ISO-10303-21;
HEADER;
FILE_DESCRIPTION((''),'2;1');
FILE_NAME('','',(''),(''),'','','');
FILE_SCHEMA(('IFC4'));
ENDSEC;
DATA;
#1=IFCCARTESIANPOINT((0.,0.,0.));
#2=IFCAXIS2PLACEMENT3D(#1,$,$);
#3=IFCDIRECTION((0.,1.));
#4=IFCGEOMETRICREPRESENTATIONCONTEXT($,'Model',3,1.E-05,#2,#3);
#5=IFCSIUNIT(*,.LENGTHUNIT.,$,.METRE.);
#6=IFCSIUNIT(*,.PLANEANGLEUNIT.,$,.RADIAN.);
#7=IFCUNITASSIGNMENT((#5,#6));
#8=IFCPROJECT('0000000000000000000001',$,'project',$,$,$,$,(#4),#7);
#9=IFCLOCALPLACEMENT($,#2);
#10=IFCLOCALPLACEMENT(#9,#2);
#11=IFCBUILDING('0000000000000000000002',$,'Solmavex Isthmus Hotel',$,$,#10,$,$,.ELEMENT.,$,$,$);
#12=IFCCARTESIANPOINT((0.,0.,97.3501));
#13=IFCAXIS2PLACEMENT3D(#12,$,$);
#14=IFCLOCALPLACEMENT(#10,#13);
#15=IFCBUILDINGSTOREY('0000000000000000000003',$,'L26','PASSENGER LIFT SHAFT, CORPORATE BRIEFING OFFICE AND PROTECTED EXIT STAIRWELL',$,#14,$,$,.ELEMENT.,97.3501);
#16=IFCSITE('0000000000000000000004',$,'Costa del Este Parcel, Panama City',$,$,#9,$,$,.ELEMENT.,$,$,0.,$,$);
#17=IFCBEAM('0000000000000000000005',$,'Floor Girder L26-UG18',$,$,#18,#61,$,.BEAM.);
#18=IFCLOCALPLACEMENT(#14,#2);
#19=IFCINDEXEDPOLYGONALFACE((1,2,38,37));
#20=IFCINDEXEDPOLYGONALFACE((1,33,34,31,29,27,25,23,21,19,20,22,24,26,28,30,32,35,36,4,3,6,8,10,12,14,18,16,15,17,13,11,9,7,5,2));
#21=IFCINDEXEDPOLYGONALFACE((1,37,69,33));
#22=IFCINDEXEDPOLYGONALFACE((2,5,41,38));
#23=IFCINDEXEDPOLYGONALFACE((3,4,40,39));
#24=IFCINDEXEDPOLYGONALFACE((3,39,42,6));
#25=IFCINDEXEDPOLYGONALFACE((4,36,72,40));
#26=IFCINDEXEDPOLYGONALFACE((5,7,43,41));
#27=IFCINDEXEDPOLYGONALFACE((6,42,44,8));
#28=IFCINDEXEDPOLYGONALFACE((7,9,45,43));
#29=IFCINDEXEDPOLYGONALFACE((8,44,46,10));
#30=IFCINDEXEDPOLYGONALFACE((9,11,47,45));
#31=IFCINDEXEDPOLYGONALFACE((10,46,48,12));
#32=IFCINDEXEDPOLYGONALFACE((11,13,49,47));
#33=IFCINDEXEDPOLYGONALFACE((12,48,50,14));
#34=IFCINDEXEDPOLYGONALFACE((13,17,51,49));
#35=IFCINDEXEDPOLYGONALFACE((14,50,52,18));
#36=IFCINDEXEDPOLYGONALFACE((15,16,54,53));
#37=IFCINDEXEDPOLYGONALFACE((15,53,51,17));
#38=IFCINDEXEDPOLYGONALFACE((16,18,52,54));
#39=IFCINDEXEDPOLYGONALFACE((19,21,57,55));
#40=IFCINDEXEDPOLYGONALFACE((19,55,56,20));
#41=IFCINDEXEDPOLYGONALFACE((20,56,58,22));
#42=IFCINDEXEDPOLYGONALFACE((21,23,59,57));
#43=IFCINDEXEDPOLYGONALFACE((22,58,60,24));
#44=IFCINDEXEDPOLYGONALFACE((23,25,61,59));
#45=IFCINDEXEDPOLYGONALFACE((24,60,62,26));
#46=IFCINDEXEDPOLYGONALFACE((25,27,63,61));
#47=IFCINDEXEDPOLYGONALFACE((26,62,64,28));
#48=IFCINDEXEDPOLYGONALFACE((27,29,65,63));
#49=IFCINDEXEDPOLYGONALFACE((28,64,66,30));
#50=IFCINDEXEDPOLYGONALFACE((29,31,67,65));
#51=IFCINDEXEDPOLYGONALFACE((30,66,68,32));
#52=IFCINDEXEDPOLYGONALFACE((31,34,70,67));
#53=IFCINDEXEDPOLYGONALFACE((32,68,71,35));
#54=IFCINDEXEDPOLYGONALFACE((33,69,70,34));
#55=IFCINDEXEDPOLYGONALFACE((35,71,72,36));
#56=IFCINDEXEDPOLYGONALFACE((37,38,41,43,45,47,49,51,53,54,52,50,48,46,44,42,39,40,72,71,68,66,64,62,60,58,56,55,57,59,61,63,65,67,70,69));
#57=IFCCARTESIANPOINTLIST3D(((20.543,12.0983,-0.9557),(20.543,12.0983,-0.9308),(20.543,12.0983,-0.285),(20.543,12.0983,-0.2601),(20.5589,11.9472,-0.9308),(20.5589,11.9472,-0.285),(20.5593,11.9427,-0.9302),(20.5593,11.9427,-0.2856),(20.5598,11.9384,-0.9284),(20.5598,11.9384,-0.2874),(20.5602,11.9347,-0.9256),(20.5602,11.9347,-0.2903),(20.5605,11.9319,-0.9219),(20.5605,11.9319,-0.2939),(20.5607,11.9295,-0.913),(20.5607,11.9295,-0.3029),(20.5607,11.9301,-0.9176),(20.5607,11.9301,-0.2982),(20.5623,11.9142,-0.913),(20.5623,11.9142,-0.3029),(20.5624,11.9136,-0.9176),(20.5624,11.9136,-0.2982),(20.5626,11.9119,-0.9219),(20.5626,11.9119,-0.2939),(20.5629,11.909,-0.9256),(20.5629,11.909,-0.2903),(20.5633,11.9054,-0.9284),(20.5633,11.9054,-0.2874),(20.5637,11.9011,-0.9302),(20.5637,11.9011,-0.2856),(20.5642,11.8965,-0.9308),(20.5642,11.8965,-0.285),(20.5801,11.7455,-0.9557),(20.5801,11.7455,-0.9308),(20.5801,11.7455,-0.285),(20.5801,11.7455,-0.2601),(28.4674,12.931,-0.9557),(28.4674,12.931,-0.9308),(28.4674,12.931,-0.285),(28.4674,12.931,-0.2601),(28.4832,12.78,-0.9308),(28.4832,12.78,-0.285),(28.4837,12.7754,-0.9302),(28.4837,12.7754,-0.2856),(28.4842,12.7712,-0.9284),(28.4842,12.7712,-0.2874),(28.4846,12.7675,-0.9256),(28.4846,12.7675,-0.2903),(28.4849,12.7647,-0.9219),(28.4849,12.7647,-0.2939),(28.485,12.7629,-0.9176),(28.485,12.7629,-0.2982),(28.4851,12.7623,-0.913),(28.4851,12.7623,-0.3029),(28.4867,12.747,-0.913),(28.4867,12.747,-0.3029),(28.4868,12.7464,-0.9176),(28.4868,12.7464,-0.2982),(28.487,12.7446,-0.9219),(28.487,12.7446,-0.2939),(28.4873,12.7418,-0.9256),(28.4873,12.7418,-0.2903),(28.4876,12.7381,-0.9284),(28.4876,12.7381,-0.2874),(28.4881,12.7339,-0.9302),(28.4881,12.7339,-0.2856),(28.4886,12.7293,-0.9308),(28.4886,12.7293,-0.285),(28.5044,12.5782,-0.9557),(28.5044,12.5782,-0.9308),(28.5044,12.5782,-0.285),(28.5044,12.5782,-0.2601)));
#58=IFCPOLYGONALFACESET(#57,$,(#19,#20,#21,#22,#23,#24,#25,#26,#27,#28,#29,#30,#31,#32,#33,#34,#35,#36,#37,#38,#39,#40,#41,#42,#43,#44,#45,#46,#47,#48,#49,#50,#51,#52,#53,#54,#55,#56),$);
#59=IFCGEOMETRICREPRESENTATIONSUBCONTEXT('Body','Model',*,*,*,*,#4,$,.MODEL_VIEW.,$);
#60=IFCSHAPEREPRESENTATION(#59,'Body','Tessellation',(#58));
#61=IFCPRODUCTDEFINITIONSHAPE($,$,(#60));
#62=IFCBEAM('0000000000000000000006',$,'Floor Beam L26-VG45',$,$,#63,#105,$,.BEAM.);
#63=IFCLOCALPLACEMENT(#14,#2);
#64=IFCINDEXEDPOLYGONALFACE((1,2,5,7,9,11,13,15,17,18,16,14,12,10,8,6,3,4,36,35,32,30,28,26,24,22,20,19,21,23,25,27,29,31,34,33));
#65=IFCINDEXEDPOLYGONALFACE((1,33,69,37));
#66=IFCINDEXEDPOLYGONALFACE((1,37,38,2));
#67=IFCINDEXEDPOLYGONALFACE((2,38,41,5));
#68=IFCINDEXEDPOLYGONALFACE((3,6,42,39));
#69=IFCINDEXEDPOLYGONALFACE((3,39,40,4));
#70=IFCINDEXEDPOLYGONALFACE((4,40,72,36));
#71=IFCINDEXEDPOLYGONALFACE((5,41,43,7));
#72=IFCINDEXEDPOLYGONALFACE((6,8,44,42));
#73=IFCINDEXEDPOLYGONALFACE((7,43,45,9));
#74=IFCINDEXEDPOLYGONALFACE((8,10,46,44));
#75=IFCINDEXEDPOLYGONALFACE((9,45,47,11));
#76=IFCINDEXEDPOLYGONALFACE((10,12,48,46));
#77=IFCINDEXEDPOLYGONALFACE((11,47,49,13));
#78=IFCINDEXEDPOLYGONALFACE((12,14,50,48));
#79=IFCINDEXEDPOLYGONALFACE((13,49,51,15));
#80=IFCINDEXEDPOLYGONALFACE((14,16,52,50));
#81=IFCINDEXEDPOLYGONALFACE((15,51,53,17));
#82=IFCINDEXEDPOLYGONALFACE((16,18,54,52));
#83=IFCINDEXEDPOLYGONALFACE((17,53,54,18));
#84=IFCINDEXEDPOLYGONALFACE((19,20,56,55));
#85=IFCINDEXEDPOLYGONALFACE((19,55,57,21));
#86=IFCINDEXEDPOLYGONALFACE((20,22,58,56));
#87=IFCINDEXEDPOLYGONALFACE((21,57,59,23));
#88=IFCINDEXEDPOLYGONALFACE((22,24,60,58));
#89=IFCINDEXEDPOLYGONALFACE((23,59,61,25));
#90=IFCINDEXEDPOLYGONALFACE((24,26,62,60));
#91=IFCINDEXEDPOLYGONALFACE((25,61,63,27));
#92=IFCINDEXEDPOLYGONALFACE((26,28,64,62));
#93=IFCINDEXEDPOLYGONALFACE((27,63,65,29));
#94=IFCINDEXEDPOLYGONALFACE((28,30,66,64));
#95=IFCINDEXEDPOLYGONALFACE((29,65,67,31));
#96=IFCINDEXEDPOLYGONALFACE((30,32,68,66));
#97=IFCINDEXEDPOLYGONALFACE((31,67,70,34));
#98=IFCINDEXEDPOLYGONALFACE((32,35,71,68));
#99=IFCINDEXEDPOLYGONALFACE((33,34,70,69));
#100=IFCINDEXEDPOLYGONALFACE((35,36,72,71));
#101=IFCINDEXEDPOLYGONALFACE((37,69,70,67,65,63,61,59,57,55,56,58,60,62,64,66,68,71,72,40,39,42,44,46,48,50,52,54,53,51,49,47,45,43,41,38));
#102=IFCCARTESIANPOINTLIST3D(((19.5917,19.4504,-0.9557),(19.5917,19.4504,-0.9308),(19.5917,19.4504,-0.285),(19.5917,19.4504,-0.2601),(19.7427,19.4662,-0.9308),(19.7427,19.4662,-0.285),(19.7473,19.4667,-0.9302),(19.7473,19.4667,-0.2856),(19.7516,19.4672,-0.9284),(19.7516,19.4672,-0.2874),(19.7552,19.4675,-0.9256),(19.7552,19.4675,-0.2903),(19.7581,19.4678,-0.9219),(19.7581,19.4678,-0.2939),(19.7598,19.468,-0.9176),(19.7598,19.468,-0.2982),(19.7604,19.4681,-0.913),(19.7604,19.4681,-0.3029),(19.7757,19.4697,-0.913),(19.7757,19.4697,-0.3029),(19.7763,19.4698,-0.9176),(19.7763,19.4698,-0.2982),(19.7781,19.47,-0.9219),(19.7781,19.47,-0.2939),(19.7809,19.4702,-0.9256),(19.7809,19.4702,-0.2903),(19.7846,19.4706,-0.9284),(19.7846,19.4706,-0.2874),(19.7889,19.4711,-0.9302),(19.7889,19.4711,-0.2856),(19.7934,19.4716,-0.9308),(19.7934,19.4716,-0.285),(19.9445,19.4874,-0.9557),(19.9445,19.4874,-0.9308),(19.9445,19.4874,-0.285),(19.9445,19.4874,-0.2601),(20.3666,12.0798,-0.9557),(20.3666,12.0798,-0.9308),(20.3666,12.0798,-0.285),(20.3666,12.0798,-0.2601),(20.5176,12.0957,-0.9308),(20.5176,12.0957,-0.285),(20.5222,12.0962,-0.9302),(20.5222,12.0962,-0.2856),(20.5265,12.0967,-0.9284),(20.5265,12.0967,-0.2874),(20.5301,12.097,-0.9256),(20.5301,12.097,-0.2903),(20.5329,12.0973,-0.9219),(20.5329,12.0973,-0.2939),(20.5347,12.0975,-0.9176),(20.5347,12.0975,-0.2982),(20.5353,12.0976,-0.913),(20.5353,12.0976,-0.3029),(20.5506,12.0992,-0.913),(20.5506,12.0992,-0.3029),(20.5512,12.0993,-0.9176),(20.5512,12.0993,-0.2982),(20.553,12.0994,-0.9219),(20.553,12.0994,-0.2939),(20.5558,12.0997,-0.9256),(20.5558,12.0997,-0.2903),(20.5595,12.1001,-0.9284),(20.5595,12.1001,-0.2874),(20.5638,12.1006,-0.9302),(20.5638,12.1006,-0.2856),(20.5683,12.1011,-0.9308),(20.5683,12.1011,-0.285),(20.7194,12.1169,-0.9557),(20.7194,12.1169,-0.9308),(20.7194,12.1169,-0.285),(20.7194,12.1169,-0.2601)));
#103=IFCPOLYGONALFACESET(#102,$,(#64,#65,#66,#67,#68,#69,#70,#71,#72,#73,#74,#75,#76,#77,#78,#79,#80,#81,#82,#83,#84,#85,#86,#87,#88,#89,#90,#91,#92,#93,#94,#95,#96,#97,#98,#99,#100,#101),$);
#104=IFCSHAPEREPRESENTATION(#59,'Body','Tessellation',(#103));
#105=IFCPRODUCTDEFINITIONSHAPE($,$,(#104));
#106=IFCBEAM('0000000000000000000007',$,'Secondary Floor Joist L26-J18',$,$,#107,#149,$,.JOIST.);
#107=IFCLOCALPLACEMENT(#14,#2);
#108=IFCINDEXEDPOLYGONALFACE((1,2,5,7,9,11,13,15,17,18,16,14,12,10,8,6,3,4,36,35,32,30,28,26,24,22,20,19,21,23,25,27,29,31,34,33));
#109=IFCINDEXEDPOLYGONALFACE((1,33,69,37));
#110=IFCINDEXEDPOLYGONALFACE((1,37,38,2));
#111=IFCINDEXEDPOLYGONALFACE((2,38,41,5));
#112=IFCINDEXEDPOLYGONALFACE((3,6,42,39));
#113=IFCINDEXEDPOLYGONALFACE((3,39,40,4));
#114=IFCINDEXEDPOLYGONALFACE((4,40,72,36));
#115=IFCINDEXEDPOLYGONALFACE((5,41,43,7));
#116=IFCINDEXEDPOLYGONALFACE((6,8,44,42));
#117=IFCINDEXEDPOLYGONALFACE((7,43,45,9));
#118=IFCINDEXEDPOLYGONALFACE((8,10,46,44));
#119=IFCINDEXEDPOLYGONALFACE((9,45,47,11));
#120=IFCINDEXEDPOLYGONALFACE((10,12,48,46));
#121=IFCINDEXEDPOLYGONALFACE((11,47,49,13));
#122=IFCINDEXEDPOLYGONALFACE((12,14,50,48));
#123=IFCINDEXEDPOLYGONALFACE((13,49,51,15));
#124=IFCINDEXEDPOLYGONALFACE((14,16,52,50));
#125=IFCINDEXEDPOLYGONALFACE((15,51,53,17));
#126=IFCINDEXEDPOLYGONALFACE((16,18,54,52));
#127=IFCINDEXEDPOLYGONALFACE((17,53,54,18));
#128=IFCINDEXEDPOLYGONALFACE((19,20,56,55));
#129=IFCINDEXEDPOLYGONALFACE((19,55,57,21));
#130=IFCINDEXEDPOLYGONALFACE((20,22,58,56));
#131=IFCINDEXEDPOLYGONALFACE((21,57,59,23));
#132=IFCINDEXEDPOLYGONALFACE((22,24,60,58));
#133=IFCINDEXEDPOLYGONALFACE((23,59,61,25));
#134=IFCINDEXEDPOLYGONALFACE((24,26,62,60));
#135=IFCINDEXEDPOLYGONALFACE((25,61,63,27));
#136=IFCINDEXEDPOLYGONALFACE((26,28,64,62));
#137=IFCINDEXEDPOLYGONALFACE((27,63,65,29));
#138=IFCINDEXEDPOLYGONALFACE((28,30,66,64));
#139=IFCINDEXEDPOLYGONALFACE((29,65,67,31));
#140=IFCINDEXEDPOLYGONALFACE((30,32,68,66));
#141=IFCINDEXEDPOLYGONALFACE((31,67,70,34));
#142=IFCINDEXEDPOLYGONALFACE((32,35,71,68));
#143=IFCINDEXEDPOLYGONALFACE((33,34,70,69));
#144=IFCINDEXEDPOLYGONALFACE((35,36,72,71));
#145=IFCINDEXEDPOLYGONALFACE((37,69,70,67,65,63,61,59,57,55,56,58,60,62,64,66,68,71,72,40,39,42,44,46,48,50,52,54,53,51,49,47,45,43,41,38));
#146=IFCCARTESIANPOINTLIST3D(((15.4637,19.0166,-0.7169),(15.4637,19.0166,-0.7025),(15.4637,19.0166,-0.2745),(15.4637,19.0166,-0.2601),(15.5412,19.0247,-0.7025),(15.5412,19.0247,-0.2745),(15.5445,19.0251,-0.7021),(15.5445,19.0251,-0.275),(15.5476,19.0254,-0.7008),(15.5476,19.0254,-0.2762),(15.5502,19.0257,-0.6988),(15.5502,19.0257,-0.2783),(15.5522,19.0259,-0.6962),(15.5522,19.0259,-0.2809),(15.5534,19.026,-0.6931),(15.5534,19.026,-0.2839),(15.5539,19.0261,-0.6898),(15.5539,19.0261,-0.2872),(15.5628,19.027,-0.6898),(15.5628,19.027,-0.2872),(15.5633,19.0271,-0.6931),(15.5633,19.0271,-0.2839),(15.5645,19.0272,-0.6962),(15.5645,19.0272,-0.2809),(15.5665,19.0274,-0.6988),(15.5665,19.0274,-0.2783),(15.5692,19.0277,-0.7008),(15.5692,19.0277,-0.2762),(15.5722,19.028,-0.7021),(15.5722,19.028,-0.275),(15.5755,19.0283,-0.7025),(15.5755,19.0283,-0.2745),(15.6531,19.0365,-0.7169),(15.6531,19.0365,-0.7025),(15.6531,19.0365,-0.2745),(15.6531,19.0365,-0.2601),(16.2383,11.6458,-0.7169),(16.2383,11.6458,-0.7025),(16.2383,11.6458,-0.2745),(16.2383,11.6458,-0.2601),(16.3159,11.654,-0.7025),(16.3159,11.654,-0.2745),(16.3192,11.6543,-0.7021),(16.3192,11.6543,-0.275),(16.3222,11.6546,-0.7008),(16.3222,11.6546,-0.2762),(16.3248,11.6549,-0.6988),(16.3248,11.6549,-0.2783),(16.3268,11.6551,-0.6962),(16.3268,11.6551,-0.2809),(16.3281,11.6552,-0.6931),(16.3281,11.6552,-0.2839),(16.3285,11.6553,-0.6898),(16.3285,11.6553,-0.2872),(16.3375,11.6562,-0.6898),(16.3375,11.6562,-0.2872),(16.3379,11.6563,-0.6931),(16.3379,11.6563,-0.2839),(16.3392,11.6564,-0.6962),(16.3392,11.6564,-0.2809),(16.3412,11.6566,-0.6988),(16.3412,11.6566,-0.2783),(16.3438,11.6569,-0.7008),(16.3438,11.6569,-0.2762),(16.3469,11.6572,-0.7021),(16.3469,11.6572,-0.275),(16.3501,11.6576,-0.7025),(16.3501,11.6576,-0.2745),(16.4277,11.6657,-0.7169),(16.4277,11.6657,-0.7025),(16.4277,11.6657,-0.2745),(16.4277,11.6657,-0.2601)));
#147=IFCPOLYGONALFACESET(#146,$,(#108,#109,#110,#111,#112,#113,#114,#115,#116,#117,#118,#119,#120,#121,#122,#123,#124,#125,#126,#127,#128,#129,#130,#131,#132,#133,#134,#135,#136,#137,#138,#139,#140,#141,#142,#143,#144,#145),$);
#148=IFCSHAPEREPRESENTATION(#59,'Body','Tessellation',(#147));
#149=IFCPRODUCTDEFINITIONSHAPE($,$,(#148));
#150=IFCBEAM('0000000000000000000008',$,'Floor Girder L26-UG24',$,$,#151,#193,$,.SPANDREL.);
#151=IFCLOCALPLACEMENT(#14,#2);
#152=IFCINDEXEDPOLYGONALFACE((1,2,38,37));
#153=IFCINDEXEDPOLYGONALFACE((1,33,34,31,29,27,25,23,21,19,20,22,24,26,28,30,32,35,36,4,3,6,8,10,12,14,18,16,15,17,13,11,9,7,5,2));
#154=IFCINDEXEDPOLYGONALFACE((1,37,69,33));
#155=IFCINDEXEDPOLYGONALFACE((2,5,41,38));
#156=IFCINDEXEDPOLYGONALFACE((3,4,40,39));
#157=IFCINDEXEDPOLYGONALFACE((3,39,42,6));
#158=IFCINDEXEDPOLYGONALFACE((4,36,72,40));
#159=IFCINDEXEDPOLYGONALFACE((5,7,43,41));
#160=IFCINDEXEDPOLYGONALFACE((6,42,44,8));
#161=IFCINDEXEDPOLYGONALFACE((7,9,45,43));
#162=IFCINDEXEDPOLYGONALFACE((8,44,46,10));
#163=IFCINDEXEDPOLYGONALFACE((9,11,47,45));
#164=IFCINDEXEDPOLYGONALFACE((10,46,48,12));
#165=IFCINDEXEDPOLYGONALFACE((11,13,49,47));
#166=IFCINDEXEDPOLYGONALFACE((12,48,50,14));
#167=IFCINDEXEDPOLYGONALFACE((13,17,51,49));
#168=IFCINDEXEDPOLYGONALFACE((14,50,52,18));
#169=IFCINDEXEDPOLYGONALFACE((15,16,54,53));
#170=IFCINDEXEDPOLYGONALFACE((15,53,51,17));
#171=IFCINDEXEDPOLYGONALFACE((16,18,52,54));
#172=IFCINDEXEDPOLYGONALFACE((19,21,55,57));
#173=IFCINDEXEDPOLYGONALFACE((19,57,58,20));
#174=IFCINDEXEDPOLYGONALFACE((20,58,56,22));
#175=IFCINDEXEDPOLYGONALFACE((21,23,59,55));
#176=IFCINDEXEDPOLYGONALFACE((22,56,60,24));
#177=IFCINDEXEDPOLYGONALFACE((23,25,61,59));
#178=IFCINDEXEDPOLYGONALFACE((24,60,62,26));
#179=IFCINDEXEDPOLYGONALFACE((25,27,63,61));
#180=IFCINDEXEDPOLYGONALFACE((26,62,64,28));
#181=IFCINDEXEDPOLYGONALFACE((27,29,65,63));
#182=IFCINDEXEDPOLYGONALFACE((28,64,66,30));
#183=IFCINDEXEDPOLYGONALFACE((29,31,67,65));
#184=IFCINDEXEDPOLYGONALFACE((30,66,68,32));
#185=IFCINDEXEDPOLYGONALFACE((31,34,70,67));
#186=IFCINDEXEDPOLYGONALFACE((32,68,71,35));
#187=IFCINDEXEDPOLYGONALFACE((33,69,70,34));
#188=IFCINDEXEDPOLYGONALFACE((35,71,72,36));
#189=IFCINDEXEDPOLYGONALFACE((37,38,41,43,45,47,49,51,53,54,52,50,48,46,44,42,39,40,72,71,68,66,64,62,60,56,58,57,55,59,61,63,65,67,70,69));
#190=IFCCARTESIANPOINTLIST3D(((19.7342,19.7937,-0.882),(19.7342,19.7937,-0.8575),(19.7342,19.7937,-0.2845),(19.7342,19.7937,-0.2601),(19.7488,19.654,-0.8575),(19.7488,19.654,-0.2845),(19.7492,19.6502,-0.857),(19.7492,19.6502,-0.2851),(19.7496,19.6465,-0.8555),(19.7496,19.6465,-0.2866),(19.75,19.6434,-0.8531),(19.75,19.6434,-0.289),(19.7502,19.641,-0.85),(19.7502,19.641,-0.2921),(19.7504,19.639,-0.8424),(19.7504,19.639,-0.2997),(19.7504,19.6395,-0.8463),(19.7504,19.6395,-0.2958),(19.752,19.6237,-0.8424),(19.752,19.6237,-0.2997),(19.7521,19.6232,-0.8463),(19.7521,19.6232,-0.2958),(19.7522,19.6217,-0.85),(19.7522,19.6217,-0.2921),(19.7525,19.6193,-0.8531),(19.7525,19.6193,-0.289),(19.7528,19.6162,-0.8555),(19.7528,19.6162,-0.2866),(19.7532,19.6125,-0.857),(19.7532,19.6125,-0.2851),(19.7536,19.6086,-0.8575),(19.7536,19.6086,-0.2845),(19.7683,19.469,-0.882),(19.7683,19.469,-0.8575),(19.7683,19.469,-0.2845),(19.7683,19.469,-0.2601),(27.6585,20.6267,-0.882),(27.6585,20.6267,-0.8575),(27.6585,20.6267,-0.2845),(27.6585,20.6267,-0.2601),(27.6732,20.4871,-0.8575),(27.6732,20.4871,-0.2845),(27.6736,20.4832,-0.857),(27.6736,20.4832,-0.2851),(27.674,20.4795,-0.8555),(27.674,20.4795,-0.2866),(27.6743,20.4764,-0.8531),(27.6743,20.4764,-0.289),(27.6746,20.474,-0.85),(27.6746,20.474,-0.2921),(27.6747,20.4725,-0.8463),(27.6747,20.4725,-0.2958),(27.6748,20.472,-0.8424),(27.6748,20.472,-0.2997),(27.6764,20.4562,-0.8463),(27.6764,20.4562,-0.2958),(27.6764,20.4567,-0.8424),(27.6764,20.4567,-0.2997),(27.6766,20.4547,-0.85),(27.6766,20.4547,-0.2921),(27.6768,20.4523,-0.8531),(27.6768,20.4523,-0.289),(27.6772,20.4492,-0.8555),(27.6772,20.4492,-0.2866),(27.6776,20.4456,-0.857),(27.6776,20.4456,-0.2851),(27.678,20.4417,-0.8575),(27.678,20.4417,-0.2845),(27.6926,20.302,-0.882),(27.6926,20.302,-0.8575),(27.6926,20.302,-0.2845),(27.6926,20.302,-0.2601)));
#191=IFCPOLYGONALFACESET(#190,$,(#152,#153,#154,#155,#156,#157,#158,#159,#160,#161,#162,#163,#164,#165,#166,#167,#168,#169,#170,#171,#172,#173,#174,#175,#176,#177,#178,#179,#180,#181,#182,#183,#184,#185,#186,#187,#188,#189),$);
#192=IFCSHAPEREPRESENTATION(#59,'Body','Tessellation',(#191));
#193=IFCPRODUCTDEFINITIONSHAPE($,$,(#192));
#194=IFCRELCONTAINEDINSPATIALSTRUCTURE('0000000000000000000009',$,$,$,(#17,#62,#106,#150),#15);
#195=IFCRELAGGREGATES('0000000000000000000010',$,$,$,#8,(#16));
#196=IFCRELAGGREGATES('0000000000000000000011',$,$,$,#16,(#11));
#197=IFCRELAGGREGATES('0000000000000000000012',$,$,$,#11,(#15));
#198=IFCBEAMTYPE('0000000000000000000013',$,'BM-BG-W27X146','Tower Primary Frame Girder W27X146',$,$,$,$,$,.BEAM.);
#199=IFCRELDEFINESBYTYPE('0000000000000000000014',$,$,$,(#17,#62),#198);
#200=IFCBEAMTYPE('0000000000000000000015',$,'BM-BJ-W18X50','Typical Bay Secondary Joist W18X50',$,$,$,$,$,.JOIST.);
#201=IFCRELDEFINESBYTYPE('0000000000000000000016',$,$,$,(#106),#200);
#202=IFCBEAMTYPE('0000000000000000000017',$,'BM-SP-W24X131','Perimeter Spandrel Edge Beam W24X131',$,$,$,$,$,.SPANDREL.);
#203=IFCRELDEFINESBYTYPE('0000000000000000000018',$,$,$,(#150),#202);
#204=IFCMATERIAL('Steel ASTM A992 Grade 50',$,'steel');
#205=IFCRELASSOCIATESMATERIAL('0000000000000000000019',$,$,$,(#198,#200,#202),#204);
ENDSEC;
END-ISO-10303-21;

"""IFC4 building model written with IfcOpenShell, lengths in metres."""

from ifc_helpers import new_model, si_unit, direction, frame, origin, origin_2d, place, context, subcontext, project, spatial, i_section, extrude, material, material_profile, profile_set, type_object, element, save


model = new_model("IFC4")

# Units and contexts
model_context = context("Model", 3, precision=1e-05, world=origin(), true_north=direction((0.0, 1.0)))
body_context = subcontext(model_context, "Body", "Model", "MODEL_VIEW")
ifc_project = project(units=[si_unit("LENGTHUNIT", "METRE"), si_unit("PLANEANGLEUNIT", "RADIAN")], contexts=[model_context])

# Site, building, storey
site_placement = place(None, origin())
site = spatial("IfcSite", under=ifc_project, at=site_placement, Name="Costa del Este Parcel, Panama City", CompositionType="ELEMENT", RefElevation=0.0)
building_placement = place(site_placement, origin())
building = spatial("IfcBuilding", under=site, at=building_placement, Name="Solmavex Isthmus Hotel", CompositionType="ELEMENT")
storey_placement = place(building_placement, frame((0.0, 0.0, 97.3501)))
storey = spatial("IfcBuildingStorey", under=building, at=storey_placement, Name="L26", Description="PASSENGER LIFT SHAFT, CORPORATE BRIEFING OFFICE AND PROTECTED EXIT STAIRWELL", CompositionType="ELEMENT", Elevation=97.3501)

# Beams
ifc_material_1 = material(Name="Steel ASTM A992 Grade 50", Category="steel")
ifc_material_profile_1 = material_profile(ifc_material_1, i_section(OverallWidth=0.3547, OverallDepth=0.6956, WebThickness=0.0154, FlangeThickness=0.0249, FilletRadius=0.0178, at=origin_2d()), Name="W27X146")
ifc_profile_set_1 = profile_set([ifc_material_profile_1], Name="Steel ASTM A992 Grade 50")
beam_type_1 = type_object("IfcBeamType", Name="BM-BG-W27X146", Description="Tower Primary Frame Girder W27X146", PredefinedType="BEAM", material=ifc_profile_set_1)
beam_1_placement = place(storey_placement, frame((20.5615, 11.9219, -0.6079), z_axis=(0.994523, 0.104514, 0.0), x_axis=(-0.104514, 0.994523, 0.0)))
element("IfcBeam", 1, at=beam_1_placement, inside=storey, type_object=beam_type_1, Name="Floor Girder L26-UG18", PredefinedType="BEAM", context=body_context, shape_type="SweptSolid", body=[
    extrude(i_section(OverallWidth=0.3547, OverallDepth=0.6956, WebThickness=0.0154, FlangeThickness=0.0249, FilletRadius=0.0178, at=origin_2d()), origin(), (0.0, 0.0, 1.0), 7.968),
])
beam_2_placement = place(storey_placement, frame((20.543, 12.0984, -0.6079), z_axis=(-0.104558, 0.994519, 0.0), x_axis=(-0.994519, -0.104558, 0.0)))
element("IfcBeam", 2, at=beam_2_placement, inside=storey, type_object=beam_type_1, Name="Floor Beam L26-VG45", PredefinedType="BEAM", context=body_context, shape_type="SweptSolid", body=[
    extrude(i_section(OverallWidth=0.3547, OverallDepth=0.6956, WebThickness=0.0154, FlangeThickness=0.0249, FilletRadius=0.0178, at=origin_2d()), origin(), (0.0, 0.0, 1.0), 7.4111),
])
ifc_material_profile_2 = material_profile(ifc_material_1, i_section(OverallWidth=0.1904, OverallDepth=0.4568, WebThickness=0.009, FlangeThickness=0.0144, FilletRadius=0.0127, at=origin_2d()), Name="W18X50")
ifc_profile_set_2 = profile_set([ifc_material_profile_2], Name="Steel ASTM A992 Grade 50")
beam_type_2 = type_object("IfcBeamType", Name="BM-BJ-W18X50", Description="Typical Bay Secondary Joist W18X50", PredefinedType="JOIST", material=ifc_profile_set_2)
beam_3_placement = place(storey_placement, frame((16.333, 11.6558, -0.4885), z_axis=(-0.104522, 0.994523, 0.0), x_axis=(-0.994523, -0.104522, 0.0)))
element("IfcBeam", 3, at=beam_3_placement, inside=storey, type_object=beam_type_2, Name="Secondary Floor Joist L26-J18", PredefinedType="JOIST", context=body_context, shape_type="SweptSolid", body=[
    extrude(i_section(OverallWidth=0.1904, OverallDepth=0.4568, WebThickness=0.009, FlangeThickness=0.0144, FilletRadius=0.0127, at=origin_2d()), origin(), (0.0, 0.0, 1.0), 7.4114),
])
ifc_material_profile_3 = material_profile(ifc_material_1, i_section(OverallWidth=0.3264, OverallDepth=0.6218, WebThickness=0.0154, FlangeThickness=0.0244, FilletRadius=0.0151, at=origin_2d()), Name="W24X131")
ifc_profile_set_3 = profile_set([ifc_material_profile_3], Name="Steel ASTM A992 Grade 50")
beam_type_3 = type_object("IfcBeamType", Name="BM-SP-W24X131", Description="Perimeter Spandrel Edge Beam W24X131", PredefinedType="SPANDREL", material=ifc_profile_set_3)
beam_4_placement = place(storey_placement, frame((19.7512, 19.6313, -0.571), z_axis=(0.99452, 0.104544, 0.0), x_axis=(-0.104544, 0.99452, 0.0)))
element("IfcBeam", 4, at=beam_4_placement, inside=storey, type_object=beam_type_3, Name="Floor Girder L26-UG24", PredefinedType="SPANDREL", context=body_context, shape_type="SweptSolid", body=[
    extrude(i_section(OverallWidth=0.3264, OverallDepth=0.6218, WebThickness=0.0154, FlangeThickness=0.0244, FilletRadius=0.0151, at=origin_2d()), origin(), (0.0, 0.0, 1.0), 7.968),
])

save(model, "model.ifc")
